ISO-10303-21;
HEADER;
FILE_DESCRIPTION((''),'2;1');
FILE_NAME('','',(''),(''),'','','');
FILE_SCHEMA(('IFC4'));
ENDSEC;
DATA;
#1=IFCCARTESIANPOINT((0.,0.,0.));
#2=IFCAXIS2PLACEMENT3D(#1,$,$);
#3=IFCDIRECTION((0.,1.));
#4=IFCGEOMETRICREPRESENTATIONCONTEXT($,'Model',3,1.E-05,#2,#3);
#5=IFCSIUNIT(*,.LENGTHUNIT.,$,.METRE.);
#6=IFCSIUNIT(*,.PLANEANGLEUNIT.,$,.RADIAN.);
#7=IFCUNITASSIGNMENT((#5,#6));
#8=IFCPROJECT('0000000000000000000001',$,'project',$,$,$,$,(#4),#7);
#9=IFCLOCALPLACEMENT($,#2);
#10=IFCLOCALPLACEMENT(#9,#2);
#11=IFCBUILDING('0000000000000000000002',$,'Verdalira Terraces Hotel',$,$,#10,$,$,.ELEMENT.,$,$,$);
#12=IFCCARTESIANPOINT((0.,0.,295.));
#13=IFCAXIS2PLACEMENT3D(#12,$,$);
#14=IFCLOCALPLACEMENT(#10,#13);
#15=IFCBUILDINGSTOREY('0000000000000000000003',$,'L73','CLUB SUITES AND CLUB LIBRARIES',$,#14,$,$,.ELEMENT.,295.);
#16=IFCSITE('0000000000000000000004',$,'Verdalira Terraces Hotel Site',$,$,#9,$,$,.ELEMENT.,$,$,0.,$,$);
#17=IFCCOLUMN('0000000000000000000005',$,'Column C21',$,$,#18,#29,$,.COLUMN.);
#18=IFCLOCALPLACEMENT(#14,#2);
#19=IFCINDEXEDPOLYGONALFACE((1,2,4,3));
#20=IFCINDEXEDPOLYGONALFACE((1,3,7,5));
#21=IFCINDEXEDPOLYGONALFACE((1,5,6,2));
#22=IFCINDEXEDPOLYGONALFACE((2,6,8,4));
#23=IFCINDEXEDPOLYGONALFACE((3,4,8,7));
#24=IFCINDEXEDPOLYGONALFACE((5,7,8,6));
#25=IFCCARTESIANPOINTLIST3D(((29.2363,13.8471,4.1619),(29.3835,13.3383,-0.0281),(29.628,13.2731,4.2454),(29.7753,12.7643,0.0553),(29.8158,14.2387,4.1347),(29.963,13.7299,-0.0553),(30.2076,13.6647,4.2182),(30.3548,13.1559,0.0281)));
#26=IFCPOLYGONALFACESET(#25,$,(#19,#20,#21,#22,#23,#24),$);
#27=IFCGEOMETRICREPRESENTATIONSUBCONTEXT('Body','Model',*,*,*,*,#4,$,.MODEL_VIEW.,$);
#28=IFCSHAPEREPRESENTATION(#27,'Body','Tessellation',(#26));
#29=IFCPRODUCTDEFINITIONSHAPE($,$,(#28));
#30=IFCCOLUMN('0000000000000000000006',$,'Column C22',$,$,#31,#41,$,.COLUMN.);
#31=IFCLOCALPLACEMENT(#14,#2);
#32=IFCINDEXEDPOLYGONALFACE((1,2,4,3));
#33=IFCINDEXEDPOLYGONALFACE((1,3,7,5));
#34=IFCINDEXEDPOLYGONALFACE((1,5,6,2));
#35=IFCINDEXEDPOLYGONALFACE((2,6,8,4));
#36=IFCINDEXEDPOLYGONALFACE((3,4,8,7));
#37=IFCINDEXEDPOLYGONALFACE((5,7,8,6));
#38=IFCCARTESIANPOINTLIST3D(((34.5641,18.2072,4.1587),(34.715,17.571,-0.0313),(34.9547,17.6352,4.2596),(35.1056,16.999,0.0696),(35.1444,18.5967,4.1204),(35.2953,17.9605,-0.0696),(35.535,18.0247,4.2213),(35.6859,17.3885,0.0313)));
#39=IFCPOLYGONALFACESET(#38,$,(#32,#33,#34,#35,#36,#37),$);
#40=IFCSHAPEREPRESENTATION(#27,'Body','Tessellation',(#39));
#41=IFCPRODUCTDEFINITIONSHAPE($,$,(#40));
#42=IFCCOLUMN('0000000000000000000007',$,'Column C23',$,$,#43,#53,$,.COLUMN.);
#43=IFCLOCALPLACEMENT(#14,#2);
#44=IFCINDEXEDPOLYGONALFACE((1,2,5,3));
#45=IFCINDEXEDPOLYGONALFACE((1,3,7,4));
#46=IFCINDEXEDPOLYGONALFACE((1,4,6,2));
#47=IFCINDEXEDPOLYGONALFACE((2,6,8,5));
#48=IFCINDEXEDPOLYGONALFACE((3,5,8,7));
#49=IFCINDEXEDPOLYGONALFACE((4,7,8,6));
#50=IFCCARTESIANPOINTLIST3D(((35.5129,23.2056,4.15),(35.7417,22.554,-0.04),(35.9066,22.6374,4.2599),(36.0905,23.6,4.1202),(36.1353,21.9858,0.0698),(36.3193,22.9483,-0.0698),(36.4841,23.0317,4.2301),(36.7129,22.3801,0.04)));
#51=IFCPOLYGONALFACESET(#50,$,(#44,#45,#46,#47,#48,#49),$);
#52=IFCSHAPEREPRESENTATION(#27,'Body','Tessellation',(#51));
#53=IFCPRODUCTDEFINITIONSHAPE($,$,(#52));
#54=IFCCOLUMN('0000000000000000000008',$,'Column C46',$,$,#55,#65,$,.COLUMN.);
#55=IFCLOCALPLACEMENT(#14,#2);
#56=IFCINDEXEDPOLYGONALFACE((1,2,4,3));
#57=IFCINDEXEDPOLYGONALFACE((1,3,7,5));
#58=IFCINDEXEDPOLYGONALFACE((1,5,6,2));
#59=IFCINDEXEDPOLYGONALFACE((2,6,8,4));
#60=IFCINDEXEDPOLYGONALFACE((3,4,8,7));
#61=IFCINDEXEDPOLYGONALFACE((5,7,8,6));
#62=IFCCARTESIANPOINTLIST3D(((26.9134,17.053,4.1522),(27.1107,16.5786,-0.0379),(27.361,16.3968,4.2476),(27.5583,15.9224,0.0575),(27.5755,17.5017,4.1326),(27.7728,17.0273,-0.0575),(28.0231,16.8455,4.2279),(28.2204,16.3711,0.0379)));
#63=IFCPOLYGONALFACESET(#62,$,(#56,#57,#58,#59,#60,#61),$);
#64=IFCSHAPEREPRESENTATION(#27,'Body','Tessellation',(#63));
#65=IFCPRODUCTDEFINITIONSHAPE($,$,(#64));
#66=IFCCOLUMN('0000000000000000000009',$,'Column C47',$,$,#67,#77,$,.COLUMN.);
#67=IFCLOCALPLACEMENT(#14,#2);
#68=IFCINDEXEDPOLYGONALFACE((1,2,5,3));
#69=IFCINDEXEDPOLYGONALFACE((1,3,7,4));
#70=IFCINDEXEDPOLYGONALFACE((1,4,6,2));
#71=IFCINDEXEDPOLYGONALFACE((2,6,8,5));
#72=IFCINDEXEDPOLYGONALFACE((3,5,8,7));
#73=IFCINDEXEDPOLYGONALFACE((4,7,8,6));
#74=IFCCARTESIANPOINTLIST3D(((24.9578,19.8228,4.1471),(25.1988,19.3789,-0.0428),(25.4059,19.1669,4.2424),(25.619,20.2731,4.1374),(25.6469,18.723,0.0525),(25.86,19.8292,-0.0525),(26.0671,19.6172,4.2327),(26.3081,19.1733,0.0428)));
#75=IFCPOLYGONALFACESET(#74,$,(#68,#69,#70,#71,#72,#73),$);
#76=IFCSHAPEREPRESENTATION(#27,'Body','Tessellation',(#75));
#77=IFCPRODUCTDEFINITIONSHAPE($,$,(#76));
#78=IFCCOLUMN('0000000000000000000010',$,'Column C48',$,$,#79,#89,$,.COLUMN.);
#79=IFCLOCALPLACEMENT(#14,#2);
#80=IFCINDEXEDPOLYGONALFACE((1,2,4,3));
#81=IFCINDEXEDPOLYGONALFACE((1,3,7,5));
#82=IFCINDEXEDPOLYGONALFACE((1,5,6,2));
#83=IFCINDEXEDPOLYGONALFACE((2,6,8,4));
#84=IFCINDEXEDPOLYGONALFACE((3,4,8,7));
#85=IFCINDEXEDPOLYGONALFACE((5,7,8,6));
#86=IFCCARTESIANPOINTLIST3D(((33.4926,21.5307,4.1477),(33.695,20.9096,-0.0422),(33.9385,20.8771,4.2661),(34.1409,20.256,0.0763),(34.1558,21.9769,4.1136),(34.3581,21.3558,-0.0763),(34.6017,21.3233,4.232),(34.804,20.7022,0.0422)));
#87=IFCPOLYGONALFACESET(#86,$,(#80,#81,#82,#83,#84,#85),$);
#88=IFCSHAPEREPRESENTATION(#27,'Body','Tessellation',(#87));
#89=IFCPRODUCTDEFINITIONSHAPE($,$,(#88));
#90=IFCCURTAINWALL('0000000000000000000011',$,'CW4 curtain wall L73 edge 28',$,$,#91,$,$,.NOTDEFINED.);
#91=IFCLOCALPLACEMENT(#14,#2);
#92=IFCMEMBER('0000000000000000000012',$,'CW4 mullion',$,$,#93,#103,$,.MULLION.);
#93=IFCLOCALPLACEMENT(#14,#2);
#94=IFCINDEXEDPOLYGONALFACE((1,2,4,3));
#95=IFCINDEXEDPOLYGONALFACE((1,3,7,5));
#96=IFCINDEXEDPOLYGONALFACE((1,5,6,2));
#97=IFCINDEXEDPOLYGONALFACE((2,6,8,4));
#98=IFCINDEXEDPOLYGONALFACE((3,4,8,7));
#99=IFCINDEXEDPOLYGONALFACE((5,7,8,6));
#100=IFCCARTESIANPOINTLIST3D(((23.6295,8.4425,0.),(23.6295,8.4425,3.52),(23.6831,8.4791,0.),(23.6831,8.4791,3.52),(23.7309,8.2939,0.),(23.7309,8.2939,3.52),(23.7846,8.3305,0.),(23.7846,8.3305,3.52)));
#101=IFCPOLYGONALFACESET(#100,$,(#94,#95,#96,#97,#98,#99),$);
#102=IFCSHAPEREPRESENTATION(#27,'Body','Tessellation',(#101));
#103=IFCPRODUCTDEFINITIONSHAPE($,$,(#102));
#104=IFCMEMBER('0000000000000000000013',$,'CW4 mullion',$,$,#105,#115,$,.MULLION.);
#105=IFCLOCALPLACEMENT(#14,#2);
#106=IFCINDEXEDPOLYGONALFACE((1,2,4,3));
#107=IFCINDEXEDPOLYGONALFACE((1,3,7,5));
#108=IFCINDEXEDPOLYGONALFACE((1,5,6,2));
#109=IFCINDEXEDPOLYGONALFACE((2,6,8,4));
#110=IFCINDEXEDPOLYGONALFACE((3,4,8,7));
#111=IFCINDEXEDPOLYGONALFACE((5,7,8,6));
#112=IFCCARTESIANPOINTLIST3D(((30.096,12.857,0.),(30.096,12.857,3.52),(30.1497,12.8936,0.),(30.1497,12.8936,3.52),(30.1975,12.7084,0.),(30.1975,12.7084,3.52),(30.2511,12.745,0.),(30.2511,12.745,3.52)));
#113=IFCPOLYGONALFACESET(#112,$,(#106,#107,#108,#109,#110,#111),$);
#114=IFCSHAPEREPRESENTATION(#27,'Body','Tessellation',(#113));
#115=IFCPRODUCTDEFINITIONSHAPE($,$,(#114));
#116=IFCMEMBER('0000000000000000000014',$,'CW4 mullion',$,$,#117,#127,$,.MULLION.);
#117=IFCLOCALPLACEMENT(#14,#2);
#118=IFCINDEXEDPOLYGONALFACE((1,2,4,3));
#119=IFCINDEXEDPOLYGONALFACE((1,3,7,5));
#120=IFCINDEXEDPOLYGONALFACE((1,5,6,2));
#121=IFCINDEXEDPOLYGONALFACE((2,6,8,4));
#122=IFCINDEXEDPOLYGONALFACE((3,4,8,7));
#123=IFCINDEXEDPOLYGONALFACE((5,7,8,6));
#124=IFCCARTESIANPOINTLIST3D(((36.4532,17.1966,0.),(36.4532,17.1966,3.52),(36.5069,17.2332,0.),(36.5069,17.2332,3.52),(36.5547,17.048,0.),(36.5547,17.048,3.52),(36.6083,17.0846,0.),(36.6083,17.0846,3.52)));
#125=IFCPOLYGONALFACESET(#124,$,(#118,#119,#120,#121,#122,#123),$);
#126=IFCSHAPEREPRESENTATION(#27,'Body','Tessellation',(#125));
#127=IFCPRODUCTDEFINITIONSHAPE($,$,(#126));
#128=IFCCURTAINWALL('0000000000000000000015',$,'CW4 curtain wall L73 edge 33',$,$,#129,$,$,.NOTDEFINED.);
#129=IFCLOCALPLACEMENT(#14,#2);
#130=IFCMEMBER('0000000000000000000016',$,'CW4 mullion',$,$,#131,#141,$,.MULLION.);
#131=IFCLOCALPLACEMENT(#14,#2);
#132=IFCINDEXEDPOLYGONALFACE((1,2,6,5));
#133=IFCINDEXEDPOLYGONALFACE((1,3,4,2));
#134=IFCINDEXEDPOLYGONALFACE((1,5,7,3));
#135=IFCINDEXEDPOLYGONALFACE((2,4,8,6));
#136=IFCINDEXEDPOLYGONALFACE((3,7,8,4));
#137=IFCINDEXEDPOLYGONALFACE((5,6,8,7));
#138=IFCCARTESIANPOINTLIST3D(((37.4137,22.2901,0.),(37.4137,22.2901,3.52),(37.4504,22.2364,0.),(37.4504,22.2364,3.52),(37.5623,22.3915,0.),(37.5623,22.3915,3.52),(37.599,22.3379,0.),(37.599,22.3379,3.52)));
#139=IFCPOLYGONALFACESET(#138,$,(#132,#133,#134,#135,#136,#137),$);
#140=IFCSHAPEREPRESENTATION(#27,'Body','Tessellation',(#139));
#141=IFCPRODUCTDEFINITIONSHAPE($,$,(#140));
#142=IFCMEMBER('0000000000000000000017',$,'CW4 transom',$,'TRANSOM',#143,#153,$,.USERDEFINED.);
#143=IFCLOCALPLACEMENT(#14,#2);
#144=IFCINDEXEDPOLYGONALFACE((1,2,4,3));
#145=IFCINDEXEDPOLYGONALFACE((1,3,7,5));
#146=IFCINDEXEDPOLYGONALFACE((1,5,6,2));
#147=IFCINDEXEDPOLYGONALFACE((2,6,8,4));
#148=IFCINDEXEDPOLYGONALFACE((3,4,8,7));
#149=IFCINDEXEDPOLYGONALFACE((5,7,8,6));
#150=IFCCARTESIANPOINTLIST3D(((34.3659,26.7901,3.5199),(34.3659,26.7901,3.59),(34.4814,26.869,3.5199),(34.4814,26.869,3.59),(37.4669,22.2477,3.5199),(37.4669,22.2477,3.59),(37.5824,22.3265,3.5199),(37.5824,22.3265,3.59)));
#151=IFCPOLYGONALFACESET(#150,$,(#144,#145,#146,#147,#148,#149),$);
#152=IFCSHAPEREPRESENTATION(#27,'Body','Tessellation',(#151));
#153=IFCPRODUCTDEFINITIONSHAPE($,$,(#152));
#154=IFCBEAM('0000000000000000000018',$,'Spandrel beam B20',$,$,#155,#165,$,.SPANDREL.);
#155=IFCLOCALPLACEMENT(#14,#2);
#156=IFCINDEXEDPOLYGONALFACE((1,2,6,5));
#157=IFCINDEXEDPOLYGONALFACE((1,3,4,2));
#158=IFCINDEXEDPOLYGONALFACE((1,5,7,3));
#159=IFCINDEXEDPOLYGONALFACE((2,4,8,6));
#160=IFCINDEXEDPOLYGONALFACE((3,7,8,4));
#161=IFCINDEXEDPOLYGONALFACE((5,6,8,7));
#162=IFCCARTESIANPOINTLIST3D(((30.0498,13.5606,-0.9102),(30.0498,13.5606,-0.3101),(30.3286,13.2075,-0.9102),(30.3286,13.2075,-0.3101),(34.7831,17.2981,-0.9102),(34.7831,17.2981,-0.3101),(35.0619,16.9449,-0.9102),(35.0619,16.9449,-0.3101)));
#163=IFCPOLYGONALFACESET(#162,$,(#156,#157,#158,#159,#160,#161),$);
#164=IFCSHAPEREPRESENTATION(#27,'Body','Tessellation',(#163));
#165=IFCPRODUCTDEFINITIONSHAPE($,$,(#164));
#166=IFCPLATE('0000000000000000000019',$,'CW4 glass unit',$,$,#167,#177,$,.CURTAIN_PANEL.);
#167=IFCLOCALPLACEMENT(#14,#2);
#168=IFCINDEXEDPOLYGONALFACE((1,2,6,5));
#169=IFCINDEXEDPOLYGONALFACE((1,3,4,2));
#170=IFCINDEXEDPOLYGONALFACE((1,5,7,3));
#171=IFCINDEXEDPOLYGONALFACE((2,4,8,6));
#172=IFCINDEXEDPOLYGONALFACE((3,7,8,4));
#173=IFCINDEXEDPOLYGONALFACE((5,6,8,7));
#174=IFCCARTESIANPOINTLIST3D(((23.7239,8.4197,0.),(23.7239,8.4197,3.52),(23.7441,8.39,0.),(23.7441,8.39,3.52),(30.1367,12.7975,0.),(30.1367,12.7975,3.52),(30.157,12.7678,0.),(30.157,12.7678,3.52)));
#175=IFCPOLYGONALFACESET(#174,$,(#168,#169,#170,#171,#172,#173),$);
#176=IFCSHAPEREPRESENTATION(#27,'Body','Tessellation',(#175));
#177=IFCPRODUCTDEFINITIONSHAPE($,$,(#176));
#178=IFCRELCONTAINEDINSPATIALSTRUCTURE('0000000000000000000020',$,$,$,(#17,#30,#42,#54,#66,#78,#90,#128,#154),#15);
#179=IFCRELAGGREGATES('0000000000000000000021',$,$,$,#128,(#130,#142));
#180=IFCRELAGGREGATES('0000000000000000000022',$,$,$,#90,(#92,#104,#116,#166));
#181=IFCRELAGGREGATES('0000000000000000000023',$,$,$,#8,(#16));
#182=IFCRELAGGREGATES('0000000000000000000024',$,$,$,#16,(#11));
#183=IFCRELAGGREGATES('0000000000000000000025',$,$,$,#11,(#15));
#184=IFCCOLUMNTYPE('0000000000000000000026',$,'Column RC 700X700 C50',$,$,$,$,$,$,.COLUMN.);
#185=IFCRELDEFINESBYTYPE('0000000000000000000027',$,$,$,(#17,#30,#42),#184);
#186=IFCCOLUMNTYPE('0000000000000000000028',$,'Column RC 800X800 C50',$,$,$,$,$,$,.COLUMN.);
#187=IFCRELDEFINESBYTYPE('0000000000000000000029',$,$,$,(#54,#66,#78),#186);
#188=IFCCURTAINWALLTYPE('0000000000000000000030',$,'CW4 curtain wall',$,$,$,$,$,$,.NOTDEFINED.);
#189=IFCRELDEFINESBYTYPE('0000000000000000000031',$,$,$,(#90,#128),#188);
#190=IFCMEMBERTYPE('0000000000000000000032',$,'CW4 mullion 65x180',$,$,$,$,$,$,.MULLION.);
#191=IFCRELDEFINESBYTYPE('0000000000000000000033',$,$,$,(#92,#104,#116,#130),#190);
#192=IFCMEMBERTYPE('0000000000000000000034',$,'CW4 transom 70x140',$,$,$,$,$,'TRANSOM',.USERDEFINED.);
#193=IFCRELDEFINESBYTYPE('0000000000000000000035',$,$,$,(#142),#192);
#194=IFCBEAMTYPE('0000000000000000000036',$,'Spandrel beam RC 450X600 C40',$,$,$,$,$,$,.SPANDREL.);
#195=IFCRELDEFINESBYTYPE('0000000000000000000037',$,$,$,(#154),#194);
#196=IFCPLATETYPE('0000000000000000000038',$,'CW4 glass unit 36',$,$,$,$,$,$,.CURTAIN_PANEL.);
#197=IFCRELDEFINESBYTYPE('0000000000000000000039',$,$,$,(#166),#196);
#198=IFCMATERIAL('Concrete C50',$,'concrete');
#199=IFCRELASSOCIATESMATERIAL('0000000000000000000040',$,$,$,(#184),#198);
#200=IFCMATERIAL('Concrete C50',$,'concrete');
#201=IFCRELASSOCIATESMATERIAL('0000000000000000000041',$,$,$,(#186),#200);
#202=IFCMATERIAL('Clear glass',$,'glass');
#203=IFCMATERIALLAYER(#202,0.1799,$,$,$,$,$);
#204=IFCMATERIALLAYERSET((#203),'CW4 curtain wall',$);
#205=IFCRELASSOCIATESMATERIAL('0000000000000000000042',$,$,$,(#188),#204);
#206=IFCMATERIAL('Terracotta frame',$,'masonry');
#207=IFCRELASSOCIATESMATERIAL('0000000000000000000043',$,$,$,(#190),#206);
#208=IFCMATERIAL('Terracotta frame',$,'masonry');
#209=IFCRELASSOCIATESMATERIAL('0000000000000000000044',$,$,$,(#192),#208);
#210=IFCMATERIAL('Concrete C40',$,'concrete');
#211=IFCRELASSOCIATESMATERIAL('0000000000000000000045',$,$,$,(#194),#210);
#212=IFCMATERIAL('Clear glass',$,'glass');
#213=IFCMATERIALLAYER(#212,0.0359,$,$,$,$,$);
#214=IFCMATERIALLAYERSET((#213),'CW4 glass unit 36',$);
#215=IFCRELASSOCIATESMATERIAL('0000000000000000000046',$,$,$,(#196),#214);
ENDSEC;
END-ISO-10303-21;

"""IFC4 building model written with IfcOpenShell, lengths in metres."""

from ifc_helpers import new_model, si_unit, direction, frame, origin, origin_2d, place, context, subcontext, project, spatial, rectangle, extrude, material, layer, layer_set, material_profile, profile_set, type_object, element, aggregate, save


model = new_model("IFC4")

# Units and contexts
model_context = context("Model", 3, precision=1e-05, world=origin(), true_north=direction((0.0, 1.0)))
body_context = subcontext(model_context, "Body", "Model", "MODEL_VIEW")
ifc_project = project(units=[si_unit("LENGTHUNIT", "METRE"), si_unit("PLANEANGLEUNIT", "RADIAN")], contexts=[model_context])

# Site, building, storey
site_placement = place(None, origin())
site = spatial("IfcSite", under=ifc_project, at=site_placement, Name="Verdalira Terraces Hotel Site", CompositionType="ELEMENT", RefElevation=0.0)
building_placement = place(site_placement, origin())
building = spatial("IfcBuilding", under=site, at=building_placement, Name="Verdalira Terraces Hotel", CompositionType="ELEMENT")
storey_placement = place(building_placement, frame((0.0, 0.0, 295.0)))
storey = spatial("IfcBuildingStorey", under=building, at=storey_placement, Name="L73", Description="CLUB SUITES AND CLUB LIBRARIES", CompositionType="ELEMENT", Elevation=295.0)

# Columns
ifc_material_1 = material(Name="Concrete C50", Category="concrete")
ifc_material_profile_1 = material_profile(ifc_material_1, rectangle(XDim=0.7, YDim=0.7, at=origin_2d()), Name="RC 700X700")
ifc_profile_set_1 = profile_set([ifc_material_profile_1], Name="Concrete C50")
column_type_1 = type_object("IfcColumnType", Name="Column RC 700X700 C50", PredefinedType="COLUMN", material=ifc_profile_set_1)
column_1_placement = place(storey_placement, frame((29.8691, 13.2471, 0.0), z_axis=(-0.034858, 0.120472, 0.992104), x_axis=(0.827964, 0.559435, -0.038842)))
element("IfcColumn", 1, at=column_1_placement, inside=storey, type_object=column_type_1, Name="Column C21", PredefinedType="COLUMN", context=body_context, shape_type="SweptSolid", body=[
    extrude(rectangle(XDim=0.7, YDim=0.7, at=origin_2d()), origin(), (0.0, 0.0, 1.0), 4.2234),
])
column_2_placement = place(storey_placement, frame((35.2004, 17.4797, 0.0), z_axis=(-0.035579, 0.150031, 0.988041), x_axis=(0.829074, 0.556463, -0.054642)))
element("IfcColumn", 2, at=column_2_placement, inside=storey, type_object=column_type_1, Name="Column C22", PredefinedType="COLUMN", context=body_context, shape_type="SweptSolid", body=[
    extrude(rectangle(XDim=0.7, YDim=0.7, at=origin_2d()), origin(), (0.0, 0.0, 1.0), 4.2407),
])
column_3_placement = place(storey_placement, frame((36.2273, 22.467, 0.0), z_axis=(-0.053871, 0.153448, 0.986687), x_axis=(-0.562358, 0.81186, -0.156962)))
element("IfcColumn", 3, at=column_3_placement, inside=storey, type_object=column_type_1, Name="Column C23", PredefinedType="COLUMN", context=body_context, shape_type="SweptSolid", body=[
    extrude(rectangle(XDim=0.7, YDim=0.7, at=origin_2d()), origin(), (0.0, 0.0, 1.0), 4.2466),
])
ifc_material_2 = material(Name="Concrete C50", Category="concrete")
ifc_material_profile_2 = material_profile(ifc_material_2, rectangle(XDim=0.8, YDim=0.8, at=origin_2d()), Name="RC 800X800")
ifc_profile_set_2 = profile_set([ifc_material_profile_2], Name="Concrete C50")
column_type_2 = type_object("IfcColumnType", Name="Column RC 800X800 C50", PredefinedType="COLUMN", material=ifc_profile_set_2)
column_4_placement = place(storey_placement, frame((27.6655, 16.4749, 0.0), z_axis=(-0.046731, 0.112374, 0.992567), x_axis=(0.827526, 0.560891, -0.024541)))
element("IfcColumn", 4, at=column_4_placement, inside=storey, type_object=column_type_2, Name="Column C46", PredefinedType="COLUMN", context=body_context, shape_type="SweptSolid", body=[
    extrude(rectangle(XDim=0.8, YDim=0.8, at=origin_2d()), origin(), (0.0, 0.0, 1.0), 4.2214),
])
column_5_placement = place(storey_placement, frame((25.7534, 19.2761, 0.0), z_axis=(-0.057097, 0.10517, 0.992814), x_axis=(0.826474, 0.562845, -0.012092)))
element("IfcColumn", 5, at=column_5_placement, inside=storey, type_object=column_type_2, Name="Column C47", PredefinedType="COLUMN", context=body_context, shape_type="SweptSolid", body=[
    extrude(rectangle(XDim=0.8, YDim=0.8, at=origin_2d()), origin(), (0.0, 0.0, 1.0), 4.2202),
])
column_6_placement = place(storey_placement, frame((34.2495, 20.8059, 0.0), z_axis=(-0.047728, 0.146465, 0.988064), x_axis=(0.828907, 0.557759, -0.042639)))
element("IfcColumn", 6, at=column_6_placement, inside=storey, type_object=column_type_2, Name="Column C48", PredefinedType="COLUMN", context=body_context, shape_type="SweptSolid", body=[
    extrude(rectangle(XDim=0.8, YDim=0.8, at=origin_2d()), origin(), (0.0, 0.0, 1.0), 4.2405),
])

# Curtain walls, members
ifc_material_3 = material(Name="Clear glass", Category="glass")
ifc_layer_1 = layer(ifc_material_3, 0.1799)
ifc_layer_set_1 = layer_set([ifc_layer_1], Name="CW4 curtain wall")
curtain_wall_type = type_object("IfcCurtainWallType", Name="CW4 curtain wall", PredefinedType="NOTDEFINED", material=ifc_layer_set_1)
curtain_wall_1_placement = place(storey_placement, origin())
curtain_wall_1 = element("IfcCurtainWall", 7, at=curtain_wall_1_placement, inside=storey, type_object=curtain_wall_type, Name="CW4 curtain wall L73 edge 28", PredefinedType="NOTDEFINED")
ifc_material_4 = material(Name="Terracotta frame", Category="masonry")
ifc_material_profile_3 = material_profile(ifc_material_4, rectangle(XDim=0.0649, YDim=0.1799, at=origin_2d()), Name="MU 65x180")
ifc_profile_set_3 = profile_set([ifc_material_profile_3], Name="Terracotta frame")
member_type_1 = type_object("IfcMemberType", Name="CW4 mullion 65x180", PredefinedType="MULLION", material=ifc_profile_set_3)
member_1_placement = place(storey_placement, frame((23.707, 8.3865, 0.0), z_axis=(0.0, 0.0, 1.0), x_axis=(0.825902, 0.563814, 0.0)))
member_1 = element("IfcMember", 8, at=member_1_placement, type_object=member_type_1, Name="CW4 mullion", PredefinedType="MULLION", context=body_context, shape_type="SweptSolid", body=[
    extrude(rectangle(XDim=0.0649, YDim=0.1799, at=origin_2d()), origin(), (0.0, 0.0, 1.0), 3.52),
])
member_2_placement = place(storey_placement, frame((30.1736, 12.801, 0.0), z_axis=(0.0, 0.0, 1.0), x_axis=(0.825902, 0.563814, 0.0)))
member_2 = element("IfcMember", 9, at=member_2_placement, type_object=member_type_1, Name="CW4 mullion", PredefinedType="MULLION", context=body_context, shape_type="SweptSolid", body=[
    extrude(rectangle(XDim=0.0649, YDim=0.1799, at=origin_2d()), origin(), (0.0, 0.0, 1.0), 3.52),
])
member_3_placement = place(storey_placement, frame((36.5308, 17.1406, 0.0), z_axis=(0.0, 0.0, 1.0), x_axis=(0.825902, 0.563814, 0.0)))
member_3 = element("IfcMember", 10, at=member_3_placement, type_object=member_type_1, Name="CW4 mullion", PredefinedType="MULLION", context=body_context, shape_type="SweptSolid", body=[
    extrude(rectangle(XDim=0.0649, YDim=0.1799, at=origin_2d()), origin(), (0.0, 0.0, 1.0), 3.52),
])
curtain_wall_2_placement = place(storey_placement, origin())
curtain_wall_2 = element("IfcCurtainWall", 11, at=curtain_wall_2_placement, inside=storey, type_object=curtain_wall_type, Name="CW4 curtain wall L73 edge 33", PredefinedType="NOTDEFINED")
member_4_placement = place(storey_placement, frame((37.5063, 22.314, 0.0), z_axis=(0.0, 0.0, 1.0), x_axis=(-0.563814, 0.825902, 0.0)))
member_4 = element("IfcMember", 12, at=member_4_placement, type_object=member_type_1, Name="CW4 mullion", PredefinedType="MULLION", context=body_context, shape_type="SweptSolid", body=[
    extrude(rectangle(XDim=0.0649, YDim=0.1799, at=origin_2d()), origin(), (0.0, 0.0, 1.0), 3.52),
])
ifc_material_5 = material(Name="Terracotta frame", Category="masonry")
ifc_material_profile_4 = material_profile(ifc_material_5, rectangle(XDim=0.1399, YDim=0.0701, at=origin_2d()), Name="TR 70x140")
ifc_profile_set_4 = profile_set([ifc_material_profile_4], Name="Terracotta frame")
member_type_2 = type_object("IfcMemberType", Name="CW4 transom 70x140", ElementType="TRANSOM", PredefinedType="USERDEFINED", material=ifc_profile_set_4)
member_5_placement = place(storey_placement, frame((37.5247, 22.2871, 3.5549), z_axis=(-0.563824, 0.825895, 0.0), x_axis=(-0.825895, -0.563824, 0.0)))
member_5 = element("IfcMember", 13, at=member_5_placement, type_object=member_type_2, Name="CW4 transom", ObjectType="TRANSOM", PredefinedType="USERDEFINED", context=body_context, shape_type="SweptSolid", body=[
    extrude(rectangle(XDim=0.1399, YDim=0.0701, at=origin_2d()), origin(), (0.0, 0.0, 1.0), 5.5),
])
aggregate(curtain_wall_2, [member_4, member_5])

# Beam
ifc_material_6 = material(Name="Concrete C40", Category="concrete")
ifc_material_profile_5 = material_profile(ifc_material_6, rectangle(XDim=0.45, YDim=0.6001, at=origin_2d()), Name="RC 450X600")
ifc_profile_set_5 = profile_set([ifc_material_profile_5], Name="Concrete C40")
beam_type = type_object("IfcBeamType", Name="Spandrel beam RC 450X600 C40", PredefinedType="SPANDREL", material=ifc_profile_set_5)
beam_placement = place(storey_placement, frame((30.1892, 13.384, -0.6101), z_axis=(0.78483, 0.619711, 0.0), x_axis=(-0.619711, 0.78483, 0.0)))
element("IfcBeam", 14, at=beam_placement, inside=storey, type_object=beam_type, Name="Spandrel beam B20", PredefinedType="SPANDREL", context=body_context, shape_type="SweptSolid", body=[
    extrude(rectangle(XDim=0.45, YDim=0.6001, at=origin_2d()), origin(), (0.0, 0.0, 1.0), 6.031),
])

# Plate
ifc_material_7 = material(Name="Clear glass", Category="glass")
ifc_layer_2 = layer(ifc_material_7, 0.0359)
ifc_layer_set_2 = layer_set([ifc_layer_2], Name="CW4 glass unit 36")
plate_type = type_object("IfcPlateType", Name="CW4 glass unit 36", PredefinedType="CURTAIN_PANEL", material=ifc_layer_set_2)
plate_1_placement = place(storey_placement, frame((26.9404, 10.5938, 0.0), z_axis=(0.0, 0.0, 1.0), x_axis=(0.825902, 0.563814, 0.0)))
plate_1 = element("IfcPlate", 15, at=plate_1_placement, type_object=plate_type, Name="CW4 glass unit", PredefinedType="CURTAIN_PANEL", context=body_context, shape_type="SweptSolid", body=[
    extrude(rectangle(XDim=7.7646, YDim=0.0359, at=origin_2d()), origin(), (0.0, 0.0, 1.0), 3.52),
])
aggregate(curtain_wall_1, [member_1, member_2, member_3, plate_1])

save(model, "model.ifc")
